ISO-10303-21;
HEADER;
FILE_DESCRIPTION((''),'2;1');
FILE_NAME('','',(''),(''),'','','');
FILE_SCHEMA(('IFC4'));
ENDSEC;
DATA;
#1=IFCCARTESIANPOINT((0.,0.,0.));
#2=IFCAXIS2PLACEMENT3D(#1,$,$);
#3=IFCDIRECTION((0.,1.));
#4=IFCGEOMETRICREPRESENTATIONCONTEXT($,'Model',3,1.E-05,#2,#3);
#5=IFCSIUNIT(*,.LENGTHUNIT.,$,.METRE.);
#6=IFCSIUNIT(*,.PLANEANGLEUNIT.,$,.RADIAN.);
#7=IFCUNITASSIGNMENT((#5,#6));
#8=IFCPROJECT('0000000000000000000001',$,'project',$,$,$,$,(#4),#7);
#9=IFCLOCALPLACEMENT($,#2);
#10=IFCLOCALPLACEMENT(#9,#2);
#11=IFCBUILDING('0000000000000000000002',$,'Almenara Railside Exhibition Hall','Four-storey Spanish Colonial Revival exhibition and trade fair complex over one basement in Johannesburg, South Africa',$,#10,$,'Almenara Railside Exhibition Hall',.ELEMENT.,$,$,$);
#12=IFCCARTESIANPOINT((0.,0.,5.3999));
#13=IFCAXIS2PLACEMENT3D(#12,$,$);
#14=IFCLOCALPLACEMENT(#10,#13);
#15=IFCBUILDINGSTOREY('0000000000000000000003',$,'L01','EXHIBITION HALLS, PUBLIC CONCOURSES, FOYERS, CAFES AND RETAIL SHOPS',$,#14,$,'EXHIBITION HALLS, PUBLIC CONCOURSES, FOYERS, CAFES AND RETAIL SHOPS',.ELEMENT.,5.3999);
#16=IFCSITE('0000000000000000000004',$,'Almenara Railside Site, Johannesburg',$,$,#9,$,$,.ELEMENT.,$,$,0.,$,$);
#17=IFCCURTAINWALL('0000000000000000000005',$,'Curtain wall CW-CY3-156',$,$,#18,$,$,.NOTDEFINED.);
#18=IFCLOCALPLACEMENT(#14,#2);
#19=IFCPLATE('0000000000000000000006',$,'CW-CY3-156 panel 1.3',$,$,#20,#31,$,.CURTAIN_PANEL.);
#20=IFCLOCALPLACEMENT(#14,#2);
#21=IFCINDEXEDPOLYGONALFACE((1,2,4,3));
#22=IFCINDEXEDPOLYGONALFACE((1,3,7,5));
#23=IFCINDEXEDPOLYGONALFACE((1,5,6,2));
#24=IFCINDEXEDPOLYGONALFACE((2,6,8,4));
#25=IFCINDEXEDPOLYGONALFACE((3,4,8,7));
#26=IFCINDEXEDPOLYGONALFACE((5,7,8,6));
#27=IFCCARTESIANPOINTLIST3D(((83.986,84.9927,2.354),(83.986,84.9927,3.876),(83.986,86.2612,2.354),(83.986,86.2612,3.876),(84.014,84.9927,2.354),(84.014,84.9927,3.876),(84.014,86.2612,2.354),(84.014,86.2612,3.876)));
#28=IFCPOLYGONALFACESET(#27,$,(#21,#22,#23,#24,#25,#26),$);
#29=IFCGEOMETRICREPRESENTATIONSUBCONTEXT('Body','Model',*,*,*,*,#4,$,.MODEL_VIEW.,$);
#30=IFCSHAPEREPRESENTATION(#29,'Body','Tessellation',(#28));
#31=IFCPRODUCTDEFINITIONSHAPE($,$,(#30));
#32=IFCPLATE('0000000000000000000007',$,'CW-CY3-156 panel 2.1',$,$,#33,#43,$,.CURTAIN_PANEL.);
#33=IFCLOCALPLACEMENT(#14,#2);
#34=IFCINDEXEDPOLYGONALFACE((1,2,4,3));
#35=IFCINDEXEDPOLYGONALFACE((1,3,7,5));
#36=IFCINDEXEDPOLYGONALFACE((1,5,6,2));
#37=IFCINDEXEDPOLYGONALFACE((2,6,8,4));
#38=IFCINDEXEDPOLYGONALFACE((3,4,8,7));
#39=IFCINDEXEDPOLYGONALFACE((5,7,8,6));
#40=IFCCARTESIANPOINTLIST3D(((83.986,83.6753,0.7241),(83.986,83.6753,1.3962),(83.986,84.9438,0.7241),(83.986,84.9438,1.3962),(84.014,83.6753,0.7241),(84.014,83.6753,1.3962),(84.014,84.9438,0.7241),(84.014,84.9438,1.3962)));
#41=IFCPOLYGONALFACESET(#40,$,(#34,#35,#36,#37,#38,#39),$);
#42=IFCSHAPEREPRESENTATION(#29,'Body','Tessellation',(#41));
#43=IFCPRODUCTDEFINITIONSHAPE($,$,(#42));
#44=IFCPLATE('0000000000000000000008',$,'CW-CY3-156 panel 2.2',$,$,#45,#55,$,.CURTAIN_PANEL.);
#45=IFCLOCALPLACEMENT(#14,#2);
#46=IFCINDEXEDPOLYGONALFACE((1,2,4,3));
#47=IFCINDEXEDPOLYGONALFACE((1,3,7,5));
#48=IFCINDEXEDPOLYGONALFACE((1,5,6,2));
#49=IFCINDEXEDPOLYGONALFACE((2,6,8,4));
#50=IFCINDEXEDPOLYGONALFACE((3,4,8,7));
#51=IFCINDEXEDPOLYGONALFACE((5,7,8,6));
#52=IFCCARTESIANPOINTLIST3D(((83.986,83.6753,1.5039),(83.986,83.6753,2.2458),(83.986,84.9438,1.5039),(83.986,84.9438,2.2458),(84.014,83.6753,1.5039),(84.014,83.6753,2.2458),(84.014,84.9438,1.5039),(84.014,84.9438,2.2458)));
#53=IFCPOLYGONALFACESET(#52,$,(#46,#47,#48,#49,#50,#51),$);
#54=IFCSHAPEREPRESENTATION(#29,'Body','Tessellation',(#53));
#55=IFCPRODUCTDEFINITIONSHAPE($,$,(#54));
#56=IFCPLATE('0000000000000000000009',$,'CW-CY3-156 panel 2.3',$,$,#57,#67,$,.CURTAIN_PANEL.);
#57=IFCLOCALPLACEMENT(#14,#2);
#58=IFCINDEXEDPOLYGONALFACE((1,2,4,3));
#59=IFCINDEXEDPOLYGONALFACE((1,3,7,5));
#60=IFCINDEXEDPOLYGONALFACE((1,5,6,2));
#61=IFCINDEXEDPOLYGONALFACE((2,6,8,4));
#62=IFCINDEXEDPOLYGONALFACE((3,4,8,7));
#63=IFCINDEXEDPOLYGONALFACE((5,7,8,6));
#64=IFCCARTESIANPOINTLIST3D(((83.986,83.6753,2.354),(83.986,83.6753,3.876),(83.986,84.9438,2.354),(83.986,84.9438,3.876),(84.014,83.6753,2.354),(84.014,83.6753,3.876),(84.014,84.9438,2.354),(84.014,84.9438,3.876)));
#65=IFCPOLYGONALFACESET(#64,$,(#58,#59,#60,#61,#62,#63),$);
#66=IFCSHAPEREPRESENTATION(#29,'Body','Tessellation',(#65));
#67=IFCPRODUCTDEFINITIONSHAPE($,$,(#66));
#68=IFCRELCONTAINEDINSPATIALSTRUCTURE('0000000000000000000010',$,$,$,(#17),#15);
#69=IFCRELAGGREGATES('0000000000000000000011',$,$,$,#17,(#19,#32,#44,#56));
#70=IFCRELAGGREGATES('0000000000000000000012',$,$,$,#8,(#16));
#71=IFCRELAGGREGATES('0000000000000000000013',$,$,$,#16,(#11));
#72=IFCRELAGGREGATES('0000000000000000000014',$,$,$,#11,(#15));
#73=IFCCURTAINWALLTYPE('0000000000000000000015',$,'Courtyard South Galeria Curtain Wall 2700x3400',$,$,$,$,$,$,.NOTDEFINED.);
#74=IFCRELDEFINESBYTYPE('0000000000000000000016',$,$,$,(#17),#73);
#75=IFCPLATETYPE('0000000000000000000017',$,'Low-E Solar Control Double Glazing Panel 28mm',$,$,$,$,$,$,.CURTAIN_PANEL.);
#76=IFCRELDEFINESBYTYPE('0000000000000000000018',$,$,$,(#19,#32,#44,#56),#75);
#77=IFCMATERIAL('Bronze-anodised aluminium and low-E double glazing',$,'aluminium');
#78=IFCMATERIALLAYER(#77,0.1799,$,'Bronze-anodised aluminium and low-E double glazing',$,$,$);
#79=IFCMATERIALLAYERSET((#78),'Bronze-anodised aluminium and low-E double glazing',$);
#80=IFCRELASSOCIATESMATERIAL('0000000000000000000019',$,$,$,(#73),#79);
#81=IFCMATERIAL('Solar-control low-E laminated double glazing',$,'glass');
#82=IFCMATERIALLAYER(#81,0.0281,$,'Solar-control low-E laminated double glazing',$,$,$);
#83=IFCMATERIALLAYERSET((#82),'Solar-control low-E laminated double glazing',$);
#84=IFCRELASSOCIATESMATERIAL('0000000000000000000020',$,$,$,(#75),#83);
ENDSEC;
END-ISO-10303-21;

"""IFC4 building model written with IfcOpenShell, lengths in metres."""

from ifc_helpers import new_model, si_unit, direction, frame, origin, origin_2d, place, context, subcontext, project, spatial, rectangle, extrude, material, layer, layer_set, type_object, element, aggregate, save


model = new_model("IFC4")

# Units and contexts
model_context = context("Model", 3, precision=1e-05, world=origin(), true_north=direction((0.0, 1.0)))
body_context = subcontext(model_context, "Body", "Model", "MODEL_VIEW")
ifc_project = project(units=[si_unit("LENGTHUNIT", "METRE"), si_unit("PLANEANGLEUNIT", "RADIAN")], contexts=[model_context])

# Site, building, storey
site_placement = place(None, origin())
site = spatial("IfcSite", under=ifc_project, at=site_placement, Name="Almenara Railside Site, Johannesburg", CompositionType="ELEMENT", RefElevation=0.0)
building_placement = place(site_placement, origin())
building = spatial("IfcBuilding", under=site, at=building_placement, Name="Almenara Railside Exhibition Hall", Description="Four-storey Spanish Colonial Revival exhibition and trade fair complex over one basement in Johannesburg, South Africa", LongName="Almenara Railside Exhibition Hall", CompositionType="ELEMENT")
storey_placement = place(building_placement, frame((0.0, 0.0, 5.3999)))
storey = spatial("IfcBuildingStorey", under=building, at=storey_placement, Name="L01", Description="EXHIBITION HALLS, PUBLIC CONCOURSES, FOYERS, CAFES AND RETAIL SHOPS", LongName="EXHIBITION HALLS, PUBLIC CONCOURSES, FOYERS, CAFES AND RETAIL SHOPS", CompositionType="ELEMENT", Elevation=5.3999)

# Shared definitions
ifc_material_1 = material(Name="Bronze-anodised aluminium and low-E double glazing", Category="aluminium")
ifc_layer_1 = layer(ifc_material_1, 0.1799, Name="Bronze-anodised aluminium and low-E double glazing")
ifc_layer_set_1 = layer_set([ifc_layer_1], Name="Bronze-anodised aluminium and low-E double glazing")
curtain_wall_type = type_object("IfcCurtainWallType", Name="Courtyard South Galeria Curtain Wall 2700x3400", PredefinedType="NOTDEFINED", material=ifc_layer_set_1)

# Curtain wall
curtain_wall_1_placement = place(storey_placement, origin())
curtain_wall_1 = element("IfcCurtainWall", 1, at=curtain_wall_1_placement, inside=storey, type_object=curtain_wall_type, Name="Curtain wall CW-CY3-156", PredefinedType="NOTDEFINED")

# Plates
ifc_material_2 = material(Name="Solar-control low-E laminated double glazing", Category="glass")
ifc_layer_2 = layer(ifc_material_2, 0.0281, Name="Solar-control low-E laminated double glazing")
ifc_layer_set_2 = layer_set([ifc_layer_2], Name="Solar-control low-E laminated double glazing")
plate_type_1 = type_object("IfcPlateType", Name="Low-E Solar Control Double Glazing Panel 28mm", PredefinedType="CURTAIN_PANEL", material=ifc_layer_set_2)
plate_1_placement = place(storey_placement, frame((84.0, 85.627, 2.354), z_axis=(0.0, 0.0, 1.0), x_axis=(0.0, -1.0, 0.0)))
plate_1 = element("IfcPlate", 2, at=plate_1_placement, type_object=plate_type_1, Name="CW-CY3-156 panel 1.3", PredefinedType="CURTAIN_PANEL", context=body_context, shape_type="SweptSolid", body=[
    extrude(rectangle(XDim=1.2686, YDim=0.0281, at=origin_2d()), origin(), (0.0, 0.0, 1.0), 1.522),
])
plate_2_placement = place(storey_placement, frame((84.0, 84.3096, 0.7241), z_axis=(0.0, 0.0, 1.0), x_axis=(0.0, -1.0, 0.0)))
plate_2 = element("IfcPlate", 3, at=plate_2_placement, type_object=plate_type_1, Name="CW-CY3-156 panel 2.1", PredefinedType="CURTAIN_PANEL", context=body_context, shape_type="SweptSolid", body=[
    extrude(rectangle(XDim=1.2686, YDim=0.0281, at=origin_2d()), origin(), (0.0, 0.0, 1.0), 0.6721),
])
plate_3_placement = place(storey_placement, frame((84.0, 84.3096, 1.5039), z_axis=(0.0, 0.0, 1.0), x_axis=(0.0, -1.0, 0.0)))
plate_3 = element("IfcPlate", 4, at=plate_3_placement, type_object=plate_type_1, Name="CW-CY3-156 panel 2.2", PredefinedType="CURTAIN_PANEL", context=body_context, shape_type="SweptSolid", body=[
    extrude(rectangle(XDim=1.2686, YDim=0.0281, at=origin_2d()), origin(), (0.0, 0.0, 1.0), 0.7419),
])
plate_4_placement = place(storey_placement, frame((84.0, 84.3096, 2.354), z_axis=(0.0, 0.0, 1.0), x_axis=(0.0, -1.0, 0.0)))
plate_4 = element("IfcPlate", 5, at=plate_4_placement, type_object=plate_type_1, Name="CW-CY3-156 panel 2.3", PredefinedType="CURTAIN_PANEL", context=body_context, shape_type="SweptSolid", body=[
    extrude(rectangle(XDim=1.2686, YDim=0.0281, at=origin_2d()), origin(), (0.0, 0.0, 1.0), 1.522),
])
aggregate(curtain_wall_1, [plate_1, plate_2, plate_3, plate_4])

save(model, "model.ifc")
